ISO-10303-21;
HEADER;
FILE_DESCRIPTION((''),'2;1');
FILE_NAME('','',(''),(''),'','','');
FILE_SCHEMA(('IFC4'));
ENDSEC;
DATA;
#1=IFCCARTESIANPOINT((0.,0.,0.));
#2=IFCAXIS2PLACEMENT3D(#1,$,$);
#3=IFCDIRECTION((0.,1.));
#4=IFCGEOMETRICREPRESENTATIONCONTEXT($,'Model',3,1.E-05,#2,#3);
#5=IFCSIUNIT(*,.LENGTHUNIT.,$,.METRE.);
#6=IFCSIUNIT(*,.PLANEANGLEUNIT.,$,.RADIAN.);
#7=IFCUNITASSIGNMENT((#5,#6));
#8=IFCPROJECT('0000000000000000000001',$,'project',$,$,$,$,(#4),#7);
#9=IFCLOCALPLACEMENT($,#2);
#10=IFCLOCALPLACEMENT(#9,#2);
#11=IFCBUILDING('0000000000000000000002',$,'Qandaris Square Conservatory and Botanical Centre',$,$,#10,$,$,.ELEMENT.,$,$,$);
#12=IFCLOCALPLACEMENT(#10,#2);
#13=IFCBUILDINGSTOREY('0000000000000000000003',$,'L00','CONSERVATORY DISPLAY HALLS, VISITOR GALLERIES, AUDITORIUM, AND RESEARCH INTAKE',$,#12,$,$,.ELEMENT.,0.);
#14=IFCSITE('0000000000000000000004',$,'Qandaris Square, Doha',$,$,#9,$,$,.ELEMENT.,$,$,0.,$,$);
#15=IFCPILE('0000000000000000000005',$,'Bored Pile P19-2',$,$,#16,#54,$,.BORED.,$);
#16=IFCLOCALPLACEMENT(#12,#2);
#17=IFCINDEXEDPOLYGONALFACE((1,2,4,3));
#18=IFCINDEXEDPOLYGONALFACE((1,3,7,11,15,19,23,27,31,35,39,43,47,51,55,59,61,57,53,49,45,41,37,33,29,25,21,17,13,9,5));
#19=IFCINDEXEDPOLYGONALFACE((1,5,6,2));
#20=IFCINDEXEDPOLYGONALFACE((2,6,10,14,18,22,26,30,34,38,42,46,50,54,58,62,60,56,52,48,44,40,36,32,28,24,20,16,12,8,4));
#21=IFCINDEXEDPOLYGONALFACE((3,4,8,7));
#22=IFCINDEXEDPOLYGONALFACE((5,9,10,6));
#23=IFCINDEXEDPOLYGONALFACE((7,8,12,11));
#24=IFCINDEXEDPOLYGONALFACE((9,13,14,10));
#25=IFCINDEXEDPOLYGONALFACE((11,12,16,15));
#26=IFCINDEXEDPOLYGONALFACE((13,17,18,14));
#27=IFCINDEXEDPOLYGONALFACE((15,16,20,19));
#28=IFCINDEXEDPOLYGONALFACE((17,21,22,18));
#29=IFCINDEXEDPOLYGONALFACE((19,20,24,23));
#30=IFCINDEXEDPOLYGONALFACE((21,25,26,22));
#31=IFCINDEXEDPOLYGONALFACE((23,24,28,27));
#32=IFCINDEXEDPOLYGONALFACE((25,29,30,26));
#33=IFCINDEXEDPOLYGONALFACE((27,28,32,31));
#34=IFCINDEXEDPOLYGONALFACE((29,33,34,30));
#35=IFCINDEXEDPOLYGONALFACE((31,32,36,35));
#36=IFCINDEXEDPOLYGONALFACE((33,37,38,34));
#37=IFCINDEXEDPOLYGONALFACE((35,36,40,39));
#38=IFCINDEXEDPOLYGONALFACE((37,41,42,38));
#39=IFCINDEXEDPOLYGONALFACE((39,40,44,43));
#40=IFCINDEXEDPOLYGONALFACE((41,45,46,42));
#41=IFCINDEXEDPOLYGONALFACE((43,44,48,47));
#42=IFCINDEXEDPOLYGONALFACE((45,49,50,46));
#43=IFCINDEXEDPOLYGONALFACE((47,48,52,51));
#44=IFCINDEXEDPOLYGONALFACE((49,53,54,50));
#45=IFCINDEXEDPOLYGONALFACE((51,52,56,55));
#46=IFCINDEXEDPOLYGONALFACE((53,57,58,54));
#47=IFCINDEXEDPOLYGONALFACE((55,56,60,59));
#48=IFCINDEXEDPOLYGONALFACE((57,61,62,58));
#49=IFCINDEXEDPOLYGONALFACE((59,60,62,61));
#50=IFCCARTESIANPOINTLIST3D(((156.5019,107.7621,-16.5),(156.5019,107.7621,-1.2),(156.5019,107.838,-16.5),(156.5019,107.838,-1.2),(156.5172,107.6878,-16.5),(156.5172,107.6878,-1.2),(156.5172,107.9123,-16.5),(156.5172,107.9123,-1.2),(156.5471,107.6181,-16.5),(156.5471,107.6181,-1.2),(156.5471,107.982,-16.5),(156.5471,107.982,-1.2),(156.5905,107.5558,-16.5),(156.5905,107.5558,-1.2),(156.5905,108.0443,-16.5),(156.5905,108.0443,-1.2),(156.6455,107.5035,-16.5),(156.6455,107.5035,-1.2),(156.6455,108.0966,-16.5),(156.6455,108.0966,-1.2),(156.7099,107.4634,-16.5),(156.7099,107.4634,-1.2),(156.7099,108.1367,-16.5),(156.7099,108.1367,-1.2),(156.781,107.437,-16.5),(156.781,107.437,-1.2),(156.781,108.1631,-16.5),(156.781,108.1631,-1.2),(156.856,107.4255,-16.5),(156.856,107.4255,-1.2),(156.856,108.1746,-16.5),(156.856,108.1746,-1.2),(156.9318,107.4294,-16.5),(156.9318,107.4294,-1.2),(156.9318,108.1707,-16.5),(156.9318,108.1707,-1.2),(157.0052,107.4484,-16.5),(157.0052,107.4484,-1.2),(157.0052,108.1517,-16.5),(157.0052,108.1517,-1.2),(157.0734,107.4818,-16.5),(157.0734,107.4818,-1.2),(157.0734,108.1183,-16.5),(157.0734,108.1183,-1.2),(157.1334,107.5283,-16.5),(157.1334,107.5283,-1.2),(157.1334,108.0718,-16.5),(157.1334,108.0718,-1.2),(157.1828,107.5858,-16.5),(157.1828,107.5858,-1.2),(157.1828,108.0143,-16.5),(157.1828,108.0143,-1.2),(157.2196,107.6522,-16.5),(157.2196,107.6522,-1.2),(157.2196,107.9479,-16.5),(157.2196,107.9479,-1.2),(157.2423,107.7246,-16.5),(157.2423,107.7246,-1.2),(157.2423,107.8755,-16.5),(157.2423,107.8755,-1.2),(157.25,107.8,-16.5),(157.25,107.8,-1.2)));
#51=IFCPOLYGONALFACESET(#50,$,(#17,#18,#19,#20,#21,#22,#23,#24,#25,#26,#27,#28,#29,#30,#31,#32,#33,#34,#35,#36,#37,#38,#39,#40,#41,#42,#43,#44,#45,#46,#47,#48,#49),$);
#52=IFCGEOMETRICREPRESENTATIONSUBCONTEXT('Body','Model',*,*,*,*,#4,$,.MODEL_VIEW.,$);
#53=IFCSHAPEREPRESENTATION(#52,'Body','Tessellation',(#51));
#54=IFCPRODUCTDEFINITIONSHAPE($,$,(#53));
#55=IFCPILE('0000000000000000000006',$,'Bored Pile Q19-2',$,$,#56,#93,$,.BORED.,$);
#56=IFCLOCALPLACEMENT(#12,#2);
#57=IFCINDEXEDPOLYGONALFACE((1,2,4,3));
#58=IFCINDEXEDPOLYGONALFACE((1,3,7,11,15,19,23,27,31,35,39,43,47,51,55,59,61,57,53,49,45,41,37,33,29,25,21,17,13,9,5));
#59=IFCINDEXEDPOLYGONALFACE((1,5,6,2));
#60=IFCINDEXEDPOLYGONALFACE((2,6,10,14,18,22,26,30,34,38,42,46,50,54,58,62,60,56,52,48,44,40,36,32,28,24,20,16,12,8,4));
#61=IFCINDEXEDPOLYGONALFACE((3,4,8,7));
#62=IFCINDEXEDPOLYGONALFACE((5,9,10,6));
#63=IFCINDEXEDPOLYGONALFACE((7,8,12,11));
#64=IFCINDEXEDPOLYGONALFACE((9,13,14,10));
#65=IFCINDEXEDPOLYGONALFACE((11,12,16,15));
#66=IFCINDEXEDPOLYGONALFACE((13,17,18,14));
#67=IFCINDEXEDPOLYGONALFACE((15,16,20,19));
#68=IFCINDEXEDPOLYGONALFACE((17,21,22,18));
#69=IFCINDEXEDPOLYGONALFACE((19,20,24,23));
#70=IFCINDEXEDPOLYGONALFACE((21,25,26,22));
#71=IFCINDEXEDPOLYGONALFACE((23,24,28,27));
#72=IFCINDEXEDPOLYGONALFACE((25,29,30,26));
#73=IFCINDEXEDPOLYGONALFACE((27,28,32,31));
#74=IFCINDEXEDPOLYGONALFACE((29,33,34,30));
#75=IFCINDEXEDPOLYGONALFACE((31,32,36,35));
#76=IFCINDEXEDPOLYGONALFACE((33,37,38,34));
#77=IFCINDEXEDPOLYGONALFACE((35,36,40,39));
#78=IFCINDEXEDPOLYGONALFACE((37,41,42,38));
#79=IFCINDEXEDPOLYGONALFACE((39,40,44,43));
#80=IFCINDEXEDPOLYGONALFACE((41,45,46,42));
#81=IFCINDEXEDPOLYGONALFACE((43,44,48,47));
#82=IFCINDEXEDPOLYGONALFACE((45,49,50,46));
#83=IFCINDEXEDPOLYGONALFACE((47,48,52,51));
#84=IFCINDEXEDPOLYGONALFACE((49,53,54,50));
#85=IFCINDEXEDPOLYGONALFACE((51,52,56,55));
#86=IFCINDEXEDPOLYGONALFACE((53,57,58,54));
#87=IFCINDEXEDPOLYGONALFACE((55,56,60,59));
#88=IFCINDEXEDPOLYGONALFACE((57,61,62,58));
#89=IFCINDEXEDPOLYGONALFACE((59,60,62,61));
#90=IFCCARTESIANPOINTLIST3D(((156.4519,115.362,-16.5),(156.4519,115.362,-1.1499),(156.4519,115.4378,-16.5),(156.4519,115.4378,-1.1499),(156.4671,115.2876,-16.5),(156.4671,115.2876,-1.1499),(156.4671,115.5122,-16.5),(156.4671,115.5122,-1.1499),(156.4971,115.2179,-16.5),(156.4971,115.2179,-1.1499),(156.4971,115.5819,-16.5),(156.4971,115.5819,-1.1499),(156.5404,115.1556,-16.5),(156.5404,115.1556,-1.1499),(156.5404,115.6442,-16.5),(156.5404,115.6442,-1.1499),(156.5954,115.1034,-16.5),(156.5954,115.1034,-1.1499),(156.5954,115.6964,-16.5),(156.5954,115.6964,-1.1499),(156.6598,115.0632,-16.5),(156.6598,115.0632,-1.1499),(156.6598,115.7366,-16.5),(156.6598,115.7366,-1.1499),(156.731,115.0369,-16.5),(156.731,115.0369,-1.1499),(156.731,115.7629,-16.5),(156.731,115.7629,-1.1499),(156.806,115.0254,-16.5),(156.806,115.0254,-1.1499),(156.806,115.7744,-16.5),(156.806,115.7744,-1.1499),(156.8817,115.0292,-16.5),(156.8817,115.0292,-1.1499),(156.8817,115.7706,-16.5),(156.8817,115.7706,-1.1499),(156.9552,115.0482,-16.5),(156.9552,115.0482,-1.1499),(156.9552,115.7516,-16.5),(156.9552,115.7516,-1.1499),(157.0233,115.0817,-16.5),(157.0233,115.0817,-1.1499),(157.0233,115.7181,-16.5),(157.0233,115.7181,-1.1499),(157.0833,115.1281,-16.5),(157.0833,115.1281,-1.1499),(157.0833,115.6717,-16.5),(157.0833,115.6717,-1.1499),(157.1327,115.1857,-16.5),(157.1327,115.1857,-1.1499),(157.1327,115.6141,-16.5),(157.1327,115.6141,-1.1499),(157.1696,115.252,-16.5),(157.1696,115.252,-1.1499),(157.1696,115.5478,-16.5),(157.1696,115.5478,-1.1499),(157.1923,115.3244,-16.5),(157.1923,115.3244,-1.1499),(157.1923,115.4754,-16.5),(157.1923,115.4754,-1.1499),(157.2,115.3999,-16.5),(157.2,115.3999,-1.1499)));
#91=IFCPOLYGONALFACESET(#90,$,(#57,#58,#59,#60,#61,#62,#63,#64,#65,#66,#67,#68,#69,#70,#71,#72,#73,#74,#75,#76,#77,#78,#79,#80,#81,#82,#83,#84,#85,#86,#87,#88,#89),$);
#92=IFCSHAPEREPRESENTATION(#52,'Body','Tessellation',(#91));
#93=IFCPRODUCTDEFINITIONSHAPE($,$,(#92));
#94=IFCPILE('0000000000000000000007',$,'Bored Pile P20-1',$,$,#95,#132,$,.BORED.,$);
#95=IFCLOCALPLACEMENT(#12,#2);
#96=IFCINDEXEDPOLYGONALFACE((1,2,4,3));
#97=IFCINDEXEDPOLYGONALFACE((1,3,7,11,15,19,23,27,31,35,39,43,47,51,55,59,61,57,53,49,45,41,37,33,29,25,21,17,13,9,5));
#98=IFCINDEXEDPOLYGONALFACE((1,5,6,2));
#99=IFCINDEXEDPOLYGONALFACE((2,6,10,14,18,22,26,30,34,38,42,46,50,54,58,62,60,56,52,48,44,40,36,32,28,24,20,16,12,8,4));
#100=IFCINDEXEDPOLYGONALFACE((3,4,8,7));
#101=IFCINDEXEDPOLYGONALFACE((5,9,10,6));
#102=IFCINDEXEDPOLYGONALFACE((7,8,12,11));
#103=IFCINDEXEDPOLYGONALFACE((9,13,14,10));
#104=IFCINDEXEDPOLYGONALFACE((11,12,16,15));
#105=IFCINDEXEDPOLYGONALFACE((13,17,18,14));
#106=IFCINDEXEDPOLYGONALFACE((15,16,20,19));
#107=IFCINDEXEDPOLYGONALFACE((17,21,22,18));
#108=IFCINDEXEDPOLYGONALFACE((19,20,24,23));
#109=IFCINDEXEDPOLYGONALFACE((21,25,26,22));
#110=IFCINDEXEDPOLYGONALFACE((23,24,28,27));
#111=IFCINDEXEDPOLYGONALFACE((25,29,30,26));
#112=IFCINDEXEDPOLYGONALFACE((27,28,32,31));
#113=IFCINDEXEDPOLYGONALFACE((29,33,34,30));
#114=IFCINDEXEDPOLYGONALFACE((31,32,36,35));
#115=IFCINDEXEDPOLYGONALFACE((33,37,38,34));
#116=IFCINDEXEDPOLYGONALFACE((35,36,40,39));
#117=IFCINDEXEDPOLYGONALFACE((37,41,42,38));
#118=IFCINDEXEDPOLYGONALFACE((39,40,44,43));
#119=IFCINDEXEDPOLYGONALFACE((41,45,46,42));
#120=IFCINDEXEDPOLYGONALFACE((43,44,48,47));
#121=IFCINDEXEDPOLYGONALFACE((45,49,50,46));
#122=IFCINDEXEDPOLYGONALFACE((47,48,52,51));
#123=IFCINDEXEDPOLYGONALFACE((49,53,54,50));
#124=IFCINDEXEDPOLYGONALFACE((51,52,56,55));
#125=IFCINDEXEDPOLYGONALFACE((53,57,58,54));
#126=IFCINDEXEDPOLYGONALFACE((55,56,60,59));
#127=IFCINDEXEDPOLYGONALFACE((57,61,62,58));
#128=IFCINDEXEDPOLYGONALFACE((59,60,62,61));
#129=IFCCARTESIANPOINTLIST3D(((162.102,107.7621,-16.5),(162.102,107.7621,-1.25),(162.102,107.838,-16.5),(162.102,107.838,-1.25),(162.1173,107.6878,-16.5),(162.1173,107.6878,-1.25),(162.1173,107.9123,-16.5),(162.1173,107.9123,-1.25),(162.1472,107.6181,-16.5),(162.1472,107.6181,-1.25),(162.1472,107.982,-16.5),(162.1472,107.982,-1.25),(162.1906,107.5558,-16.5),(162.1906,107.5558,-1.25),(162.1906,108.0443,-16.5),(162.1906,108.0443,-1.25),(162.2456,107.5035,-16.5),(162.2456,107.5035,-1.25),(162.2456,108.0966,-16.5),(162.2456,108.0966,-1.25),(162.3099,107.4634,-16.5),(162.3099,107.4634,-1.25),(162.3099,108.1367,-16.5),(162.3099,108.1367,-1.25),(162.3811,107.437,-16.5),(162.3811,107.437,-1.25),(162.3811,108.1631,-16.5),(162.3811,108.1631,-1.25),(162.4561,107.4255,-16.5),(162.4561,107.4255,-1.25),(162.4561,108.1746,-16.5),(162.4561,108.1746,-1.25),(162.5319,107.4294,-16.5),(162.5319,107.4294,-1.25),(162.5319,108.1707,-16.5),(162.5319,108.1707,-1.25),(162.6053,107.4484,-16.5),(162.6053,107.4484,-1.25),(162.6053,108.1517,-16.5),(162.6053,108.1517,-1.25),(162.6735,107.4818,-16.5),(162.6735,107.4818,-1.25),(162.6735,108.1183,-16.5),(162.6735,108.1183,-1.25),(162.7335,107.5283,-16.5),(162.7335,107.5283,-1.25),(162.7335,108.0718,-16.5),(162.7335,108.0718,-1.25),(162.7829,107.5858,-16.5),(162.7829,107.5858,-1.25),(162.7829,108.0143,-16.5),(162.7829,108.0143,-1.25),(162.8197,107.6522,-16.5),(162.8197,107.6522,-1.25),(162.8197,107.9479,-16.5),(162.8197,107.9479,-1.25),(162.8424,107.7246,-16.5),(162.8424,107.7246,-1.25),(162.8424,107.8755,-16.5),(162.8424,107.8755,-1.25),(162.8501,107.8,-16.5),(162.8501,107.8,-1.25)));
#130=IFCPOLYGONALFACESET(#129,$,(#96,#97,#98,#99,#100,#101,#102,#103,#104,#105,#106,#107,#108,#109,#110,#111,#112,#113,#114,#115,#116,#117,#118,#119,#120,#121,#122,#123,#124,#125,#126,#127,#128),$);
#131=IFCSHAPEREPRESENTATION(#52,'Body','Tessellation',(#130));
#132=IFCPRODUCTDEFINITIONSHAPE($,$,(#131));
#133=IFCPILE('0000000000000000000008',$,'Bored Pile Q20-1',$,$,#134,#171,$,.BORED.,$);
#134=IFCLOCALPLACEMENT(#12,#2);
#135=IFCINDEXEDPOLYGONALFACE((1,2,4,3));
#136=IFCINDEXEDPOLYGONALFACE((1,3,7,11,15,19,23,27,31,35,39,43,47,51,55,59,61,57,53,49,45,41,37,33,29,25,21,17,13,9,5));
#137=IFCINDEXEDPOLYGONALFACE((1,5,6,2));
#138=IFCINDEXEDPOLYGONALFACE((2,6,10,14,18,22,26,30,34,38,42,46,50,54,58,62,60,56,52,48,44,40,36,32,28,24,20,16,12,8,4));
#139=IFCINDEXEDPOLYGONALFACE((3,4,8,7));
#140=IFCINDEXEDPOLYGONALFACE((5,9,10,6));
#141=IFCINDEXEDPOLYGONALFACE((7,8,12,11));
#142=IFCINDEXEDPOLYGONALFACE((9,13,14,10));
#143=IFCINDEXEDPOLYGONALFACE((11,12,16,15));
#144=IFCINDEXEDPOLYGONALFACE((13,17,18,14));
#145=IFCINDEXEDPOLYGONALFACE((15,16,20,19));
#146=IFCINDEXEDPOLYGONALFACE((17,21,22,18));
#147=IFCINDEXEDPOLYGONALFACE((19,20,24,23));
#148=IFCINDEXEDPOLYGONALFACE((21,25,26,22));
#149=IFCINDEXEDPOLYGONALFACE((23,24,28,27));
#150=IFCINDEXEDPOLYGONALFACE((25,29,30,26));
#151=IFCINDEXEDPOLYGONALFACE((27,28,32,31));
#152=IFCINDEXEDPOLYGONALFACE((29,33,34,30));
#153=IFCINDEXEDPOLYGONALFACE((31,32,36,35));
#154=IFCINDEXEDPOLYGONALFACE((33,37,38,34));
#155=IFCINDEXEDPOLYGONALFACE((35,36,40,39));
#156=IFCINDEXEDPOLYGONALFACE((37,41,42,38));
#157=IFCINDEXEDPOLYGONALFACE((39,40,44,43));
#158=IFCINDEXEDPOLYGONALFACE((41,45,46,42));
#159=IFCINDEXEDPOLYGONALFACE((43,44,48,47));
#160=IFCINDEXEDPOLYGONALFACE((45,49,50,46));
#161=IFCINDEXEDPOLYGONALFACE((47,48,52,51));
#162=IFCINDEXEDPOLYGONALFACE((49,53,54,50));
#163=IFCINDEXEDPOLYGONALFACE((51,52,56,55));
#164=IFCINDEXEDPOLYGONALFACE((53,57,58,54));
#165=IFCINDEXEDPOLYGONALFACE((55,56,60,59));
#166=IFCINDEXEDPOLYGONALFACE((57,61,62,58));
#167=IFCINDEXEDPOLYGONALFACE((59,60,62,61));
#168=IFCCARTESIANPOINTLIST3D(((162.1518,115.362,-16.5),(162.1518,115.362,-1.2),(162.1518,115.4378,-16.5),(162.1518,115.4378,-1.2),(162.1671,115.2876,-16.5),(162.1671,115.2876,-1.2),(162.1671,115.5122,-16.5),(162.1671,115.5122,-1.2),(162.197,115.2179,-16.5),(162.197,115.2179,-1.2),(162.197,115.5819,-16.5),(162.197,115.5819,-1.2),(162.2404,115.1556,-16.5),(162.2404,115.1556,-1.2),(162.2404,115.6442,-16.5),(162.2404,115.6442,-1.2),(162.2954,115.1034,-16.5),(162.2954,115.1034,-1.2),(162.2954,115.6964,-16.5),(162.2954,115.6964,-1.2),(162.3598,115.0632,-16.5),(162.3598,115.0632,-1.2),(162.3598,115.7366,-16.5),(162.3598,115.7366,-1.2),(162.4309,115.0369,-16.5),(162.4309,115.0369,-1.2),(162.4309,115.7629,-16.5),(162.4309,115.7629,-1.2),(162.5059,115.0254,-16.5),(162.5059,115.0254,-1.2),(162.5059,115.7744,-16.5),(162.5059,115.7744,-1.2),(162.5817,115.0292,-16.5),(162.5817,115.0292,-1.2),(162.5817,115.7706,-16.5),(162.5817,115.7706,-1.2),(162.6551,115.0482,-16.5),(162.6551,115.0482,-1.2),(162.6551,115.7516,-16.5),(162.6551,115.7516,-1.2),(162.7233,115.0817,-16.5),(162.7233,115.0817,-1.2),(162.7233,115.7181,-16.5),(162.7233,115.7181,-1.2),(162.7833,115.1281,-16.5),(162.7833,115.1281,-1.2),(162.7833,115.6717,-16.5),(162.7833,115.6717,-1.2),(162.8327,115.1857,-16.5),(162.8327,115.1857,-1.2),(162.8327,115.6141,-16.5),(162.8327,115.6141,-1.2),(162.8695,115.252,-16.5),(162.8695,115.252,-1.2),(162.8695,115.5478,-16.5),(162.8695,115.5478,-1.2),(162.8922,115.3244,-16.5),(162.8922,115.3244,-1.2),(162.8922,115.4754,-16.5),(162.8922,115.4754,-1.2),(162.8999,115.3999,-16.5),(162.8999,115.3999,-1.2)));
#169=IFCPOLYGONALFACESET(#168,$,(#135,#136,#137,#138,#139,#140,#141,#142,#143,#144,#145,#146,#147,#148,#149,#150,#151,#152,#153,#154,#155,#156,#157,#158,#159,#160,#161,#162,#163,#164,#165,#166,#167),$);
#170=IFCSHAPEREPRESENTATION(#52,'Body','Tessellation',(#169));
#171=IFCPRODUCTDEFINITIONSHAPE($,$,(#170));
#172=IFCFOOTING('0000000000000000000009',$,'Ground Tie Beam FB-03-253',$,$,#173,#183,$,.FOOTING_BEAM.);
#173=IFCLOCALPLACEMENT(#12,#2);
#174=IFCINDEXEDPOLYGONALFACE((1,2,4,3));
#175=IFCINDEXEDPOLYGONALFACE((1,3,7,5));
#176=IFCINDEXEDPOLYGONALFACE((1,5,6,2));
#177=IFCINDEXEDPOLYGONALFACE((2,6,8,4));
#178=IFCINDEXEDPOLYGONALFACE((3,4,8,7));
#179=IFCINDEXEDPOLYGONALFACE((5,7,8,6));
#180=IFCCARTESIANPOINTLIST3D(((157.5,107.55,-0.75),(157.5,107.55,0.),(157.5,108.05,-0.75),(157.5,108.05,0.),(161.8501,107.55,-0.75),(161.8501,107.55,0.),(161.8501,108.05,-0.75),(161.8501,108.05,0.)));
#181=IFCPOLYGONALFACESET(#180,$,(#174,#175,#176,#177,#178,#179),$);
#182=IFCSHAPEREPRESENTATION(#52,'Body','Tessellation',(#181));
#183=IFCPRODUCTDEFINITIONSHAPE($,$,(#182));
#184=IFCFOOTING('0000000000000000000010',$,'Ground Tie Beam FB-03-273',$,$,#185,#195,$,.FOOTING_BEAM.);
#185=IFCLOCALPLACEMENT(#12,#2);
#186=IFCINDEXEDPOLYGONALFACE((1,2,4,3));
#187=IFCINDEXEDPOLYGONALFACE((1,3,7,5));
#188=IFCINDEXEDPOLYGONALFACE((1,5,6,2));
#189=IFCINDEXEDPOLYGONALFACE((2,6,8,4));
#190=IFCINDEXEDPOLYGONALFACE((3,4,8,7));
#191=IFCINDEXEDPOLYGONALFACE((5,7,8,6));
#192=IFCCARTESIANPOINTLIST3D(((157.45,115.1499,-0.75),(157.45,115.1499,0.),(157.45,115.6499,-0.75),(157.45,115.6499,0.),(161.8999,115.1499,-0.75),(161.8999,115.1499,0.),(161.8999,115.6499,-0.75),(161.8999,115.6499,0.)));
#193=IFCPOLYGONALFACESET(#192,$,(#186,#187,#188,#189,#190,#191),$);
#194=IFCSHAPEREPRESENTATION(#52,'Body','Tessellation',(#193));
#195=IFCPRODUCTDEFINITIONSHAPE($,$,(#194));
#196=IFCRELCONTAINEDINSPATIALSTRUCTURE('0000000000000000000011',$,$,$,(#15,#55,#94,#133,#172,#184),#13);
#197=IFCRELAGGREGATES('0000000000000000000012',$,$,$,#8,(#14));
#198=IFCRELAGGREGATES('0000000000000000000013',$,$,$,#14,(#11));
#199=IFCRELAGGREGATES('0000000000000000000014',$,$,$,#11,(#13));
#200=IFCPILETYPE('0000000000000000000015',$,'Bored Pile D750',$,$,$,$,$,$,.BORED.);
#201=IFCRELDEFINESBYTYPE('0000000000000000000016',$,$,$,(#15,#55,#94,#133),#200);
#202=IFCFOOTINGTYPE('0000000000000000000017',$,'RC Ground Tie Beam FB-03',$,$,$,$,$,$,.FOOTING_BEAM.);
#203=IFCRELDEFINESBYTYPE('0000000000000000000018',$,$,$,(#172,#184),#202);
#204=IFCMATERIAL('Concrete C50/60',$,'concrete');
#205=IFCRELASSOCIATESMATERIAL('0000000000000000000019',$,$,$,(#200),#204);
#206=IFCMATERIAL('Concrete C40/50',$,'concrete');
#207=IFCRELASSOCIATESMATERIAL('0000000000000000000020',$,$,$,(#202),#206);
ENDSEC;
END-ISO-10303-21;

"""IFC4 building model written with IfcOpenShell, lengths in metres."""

from ifc_helpers import new_model, si_unit, direction, frame, origin, origin_2d, place, context, subcontext, project, spatial, rectangle, circle, extrude, material, material_profile, profile_set, type_object, element, save


model = new_model("IFC4")

# Units and contexts
model_context = context("Model", 3, precision=1e-05, world=origin(), true_north=direction((0.0, 1.0)))
body_context = subcontext(model_context, "Body", "Model", "MODEL_VIEW")
ifc_project = project(units=[si_unit("LENGTHUNIT", "METRE"), si_unit("PLANEANGLEUNIT", "RADIAN")], contexts=[model_context])

# Site, building, storey
site_placement = place(None, origin())
site = spatial("IfcSite", under=ifc_project, at=site_placement, Name="Qandaris Square, Doha", CompositionType="ELEMENT", RefElevation=0.0)
building_placement = place(site_placement, origin())
building = spatial("IfcBuilding", under=site, at=building_placement, Name="Qandaris Square Conservatory and Botanical Centre", CompositionType="ELEMENT")
storey_placement = place(building_placement, origin())
storey = spatial("IfcBuildingStorey", under=building, at=storey_placement, Name="L00", Description="CONSERVATORY DISPLAY HALLS, VISITOR GALLERIES, AUDITORIUM, AND RESEARCH INTAKE", CompositionType="ELEMENT", Elevation=0.0)

# Piles
ifc_material_1 = material(Name="Concrete C50/60", Category="concrete")
ifc_material_profile_1 = material_profile(ifc_material_1, circle(Radius=0.375, at=origin_2d()), Name="PILE D750")
ifc_profile_set_1 = profile_set([ifc_material_profile_1], Name="Concrete C50/60")
pile_type = type_object("IfcPileType", Name="Bored Pile D750", PredefinedType="BORED", material=ifc_profile_set_1)
pile_1_placement = place(storey_placement, frame((156.875, 107.8, -1.2), z_axis=(0.0, 0.0, -1.0), x_axis=(1.0, 0.0, 0.0)))
element("IfcPile", 1, at=pile_1_placement, inside=storey, type_object=pile_type, Name="Bored Pile P19-2", PredefinedType="BORED", context=body_context, shape_type="SweptSolid", body=[
    extrude(circle(Radius=0.375, at=origin_2d()), origin(), (0.0, 0.0, 1.0), 15.3),
])
pile_2_placement = place(storey_placement, frame((156.825, 115.3999, -1.1499), z_axis=(0.0, 0.0, -1.0), x_axis=(1.0, 0.0, 0.0)))
element("IfcPile", 2, at=pile_2_placement, inside=storey, type_object=pile_type, Name="Bored Pile Q19-2", PredefinedType="BORED", context=body_context, shape_type="SweptSolid", body=[
    extrude(circle(Radius=0.375, at=origin_2d()), origin(), (0.0, 0.0, 1.0), 15.3501),
])
pile_3_placement = place(storey_placement, frame((162.4751, 107.8, -1.25), z_axis=(0.0, 0.0, -1.0), x_axis=(1.0, 0.0, 0.0)))
element("IfcPile", 3, at=pile_3_placement, inside=storey, type_object=pile_type, Name="Bored Pile P20-1", PredefinedType="BORED", context=body_context, shape_type="SweptSolid", body=[
    extrude(circle(Radius=0.375, at=origin_2d()), origin(), (0.0, 0.0, 1.0), 15.25),
])
pile_4_placement = place(storey_placement, frame((162.5249, 115.3999, -1.2), z_axis=(0.0, 0.0, -1.0), x_axis=(1.0, 0.0, 0.0)))
element("IfcPile", 4, at=pile_4_placement, inside=storey, type_object=pile_type, Name="Bored Pile Q20-1", PredefinedType="BORED", context=body_context, shape_type="SweptSolid", body=[
    extrude(circle(Radius=0.375, at=origin_2d()), origin(), (0.0, 0.0, 1.0), 15.3),
])

# Footings
ifc_material_2 = material(Name="Concrete C40/50", Category="concrete")
ifc_material_profile_2 = material_profile(ifc_material_2, rectangle(XDim=0.5, YDim=0.75, at=origin_2d()), Name="FB 500x750")
ifc_profile_set_2 = profile_set([ifc_material_profile_2], Name="Concrete C40/50")
footing_type_1 = type_object("IfcFootingType", Name="RC Ground Tie Beam FB-03", PredefinedType="FOOTING_BEAM", material=ifc_profile_set_2)
footing_1_placement = place(storey_placement, frame((157.5, 107.8, -0.375), z_axis=(1.0, 0.0, 0.0), x_axis=(0.0, 1.0, 0.0)))
element("IfcFooting", 5, at=footing_1_placement, inside=storey, type_object=footing_type_1, Name="Ground Tie Beam FB-03-253", PredefinedType="FOOTING_BEAM", context=body_context, shape_type="SweptSolid", body=[
    extrude(rectangle(XDim=0.5, YDim=0.75, at=origin_2d()), origin(), (0.0, 0.0, 1.0), 4.3501),
])
footing_2_placement = place(storey_placement, frame((157.45, 115.3999, -0.375), z_axis=(1.0, 0.0, 0.0), x_axis=(0.0, 1.0, 0.0)))
element("IfcFooting", 6, at=footing_2_placement, inside=storey, type_object=footing_type_1, Name="Ground Tie Beam FB-03-273", PredefinedType="FOOTING_BEAM", context=body_context, shape_type="SweptSolid", body=[
    extrude(rectangle(XDim=0.5, YDim=0.75, at=origin_2d()), origin(), (0.0, 0.0, 1.0), 4.45),
])

save(model, "model.ifc")
